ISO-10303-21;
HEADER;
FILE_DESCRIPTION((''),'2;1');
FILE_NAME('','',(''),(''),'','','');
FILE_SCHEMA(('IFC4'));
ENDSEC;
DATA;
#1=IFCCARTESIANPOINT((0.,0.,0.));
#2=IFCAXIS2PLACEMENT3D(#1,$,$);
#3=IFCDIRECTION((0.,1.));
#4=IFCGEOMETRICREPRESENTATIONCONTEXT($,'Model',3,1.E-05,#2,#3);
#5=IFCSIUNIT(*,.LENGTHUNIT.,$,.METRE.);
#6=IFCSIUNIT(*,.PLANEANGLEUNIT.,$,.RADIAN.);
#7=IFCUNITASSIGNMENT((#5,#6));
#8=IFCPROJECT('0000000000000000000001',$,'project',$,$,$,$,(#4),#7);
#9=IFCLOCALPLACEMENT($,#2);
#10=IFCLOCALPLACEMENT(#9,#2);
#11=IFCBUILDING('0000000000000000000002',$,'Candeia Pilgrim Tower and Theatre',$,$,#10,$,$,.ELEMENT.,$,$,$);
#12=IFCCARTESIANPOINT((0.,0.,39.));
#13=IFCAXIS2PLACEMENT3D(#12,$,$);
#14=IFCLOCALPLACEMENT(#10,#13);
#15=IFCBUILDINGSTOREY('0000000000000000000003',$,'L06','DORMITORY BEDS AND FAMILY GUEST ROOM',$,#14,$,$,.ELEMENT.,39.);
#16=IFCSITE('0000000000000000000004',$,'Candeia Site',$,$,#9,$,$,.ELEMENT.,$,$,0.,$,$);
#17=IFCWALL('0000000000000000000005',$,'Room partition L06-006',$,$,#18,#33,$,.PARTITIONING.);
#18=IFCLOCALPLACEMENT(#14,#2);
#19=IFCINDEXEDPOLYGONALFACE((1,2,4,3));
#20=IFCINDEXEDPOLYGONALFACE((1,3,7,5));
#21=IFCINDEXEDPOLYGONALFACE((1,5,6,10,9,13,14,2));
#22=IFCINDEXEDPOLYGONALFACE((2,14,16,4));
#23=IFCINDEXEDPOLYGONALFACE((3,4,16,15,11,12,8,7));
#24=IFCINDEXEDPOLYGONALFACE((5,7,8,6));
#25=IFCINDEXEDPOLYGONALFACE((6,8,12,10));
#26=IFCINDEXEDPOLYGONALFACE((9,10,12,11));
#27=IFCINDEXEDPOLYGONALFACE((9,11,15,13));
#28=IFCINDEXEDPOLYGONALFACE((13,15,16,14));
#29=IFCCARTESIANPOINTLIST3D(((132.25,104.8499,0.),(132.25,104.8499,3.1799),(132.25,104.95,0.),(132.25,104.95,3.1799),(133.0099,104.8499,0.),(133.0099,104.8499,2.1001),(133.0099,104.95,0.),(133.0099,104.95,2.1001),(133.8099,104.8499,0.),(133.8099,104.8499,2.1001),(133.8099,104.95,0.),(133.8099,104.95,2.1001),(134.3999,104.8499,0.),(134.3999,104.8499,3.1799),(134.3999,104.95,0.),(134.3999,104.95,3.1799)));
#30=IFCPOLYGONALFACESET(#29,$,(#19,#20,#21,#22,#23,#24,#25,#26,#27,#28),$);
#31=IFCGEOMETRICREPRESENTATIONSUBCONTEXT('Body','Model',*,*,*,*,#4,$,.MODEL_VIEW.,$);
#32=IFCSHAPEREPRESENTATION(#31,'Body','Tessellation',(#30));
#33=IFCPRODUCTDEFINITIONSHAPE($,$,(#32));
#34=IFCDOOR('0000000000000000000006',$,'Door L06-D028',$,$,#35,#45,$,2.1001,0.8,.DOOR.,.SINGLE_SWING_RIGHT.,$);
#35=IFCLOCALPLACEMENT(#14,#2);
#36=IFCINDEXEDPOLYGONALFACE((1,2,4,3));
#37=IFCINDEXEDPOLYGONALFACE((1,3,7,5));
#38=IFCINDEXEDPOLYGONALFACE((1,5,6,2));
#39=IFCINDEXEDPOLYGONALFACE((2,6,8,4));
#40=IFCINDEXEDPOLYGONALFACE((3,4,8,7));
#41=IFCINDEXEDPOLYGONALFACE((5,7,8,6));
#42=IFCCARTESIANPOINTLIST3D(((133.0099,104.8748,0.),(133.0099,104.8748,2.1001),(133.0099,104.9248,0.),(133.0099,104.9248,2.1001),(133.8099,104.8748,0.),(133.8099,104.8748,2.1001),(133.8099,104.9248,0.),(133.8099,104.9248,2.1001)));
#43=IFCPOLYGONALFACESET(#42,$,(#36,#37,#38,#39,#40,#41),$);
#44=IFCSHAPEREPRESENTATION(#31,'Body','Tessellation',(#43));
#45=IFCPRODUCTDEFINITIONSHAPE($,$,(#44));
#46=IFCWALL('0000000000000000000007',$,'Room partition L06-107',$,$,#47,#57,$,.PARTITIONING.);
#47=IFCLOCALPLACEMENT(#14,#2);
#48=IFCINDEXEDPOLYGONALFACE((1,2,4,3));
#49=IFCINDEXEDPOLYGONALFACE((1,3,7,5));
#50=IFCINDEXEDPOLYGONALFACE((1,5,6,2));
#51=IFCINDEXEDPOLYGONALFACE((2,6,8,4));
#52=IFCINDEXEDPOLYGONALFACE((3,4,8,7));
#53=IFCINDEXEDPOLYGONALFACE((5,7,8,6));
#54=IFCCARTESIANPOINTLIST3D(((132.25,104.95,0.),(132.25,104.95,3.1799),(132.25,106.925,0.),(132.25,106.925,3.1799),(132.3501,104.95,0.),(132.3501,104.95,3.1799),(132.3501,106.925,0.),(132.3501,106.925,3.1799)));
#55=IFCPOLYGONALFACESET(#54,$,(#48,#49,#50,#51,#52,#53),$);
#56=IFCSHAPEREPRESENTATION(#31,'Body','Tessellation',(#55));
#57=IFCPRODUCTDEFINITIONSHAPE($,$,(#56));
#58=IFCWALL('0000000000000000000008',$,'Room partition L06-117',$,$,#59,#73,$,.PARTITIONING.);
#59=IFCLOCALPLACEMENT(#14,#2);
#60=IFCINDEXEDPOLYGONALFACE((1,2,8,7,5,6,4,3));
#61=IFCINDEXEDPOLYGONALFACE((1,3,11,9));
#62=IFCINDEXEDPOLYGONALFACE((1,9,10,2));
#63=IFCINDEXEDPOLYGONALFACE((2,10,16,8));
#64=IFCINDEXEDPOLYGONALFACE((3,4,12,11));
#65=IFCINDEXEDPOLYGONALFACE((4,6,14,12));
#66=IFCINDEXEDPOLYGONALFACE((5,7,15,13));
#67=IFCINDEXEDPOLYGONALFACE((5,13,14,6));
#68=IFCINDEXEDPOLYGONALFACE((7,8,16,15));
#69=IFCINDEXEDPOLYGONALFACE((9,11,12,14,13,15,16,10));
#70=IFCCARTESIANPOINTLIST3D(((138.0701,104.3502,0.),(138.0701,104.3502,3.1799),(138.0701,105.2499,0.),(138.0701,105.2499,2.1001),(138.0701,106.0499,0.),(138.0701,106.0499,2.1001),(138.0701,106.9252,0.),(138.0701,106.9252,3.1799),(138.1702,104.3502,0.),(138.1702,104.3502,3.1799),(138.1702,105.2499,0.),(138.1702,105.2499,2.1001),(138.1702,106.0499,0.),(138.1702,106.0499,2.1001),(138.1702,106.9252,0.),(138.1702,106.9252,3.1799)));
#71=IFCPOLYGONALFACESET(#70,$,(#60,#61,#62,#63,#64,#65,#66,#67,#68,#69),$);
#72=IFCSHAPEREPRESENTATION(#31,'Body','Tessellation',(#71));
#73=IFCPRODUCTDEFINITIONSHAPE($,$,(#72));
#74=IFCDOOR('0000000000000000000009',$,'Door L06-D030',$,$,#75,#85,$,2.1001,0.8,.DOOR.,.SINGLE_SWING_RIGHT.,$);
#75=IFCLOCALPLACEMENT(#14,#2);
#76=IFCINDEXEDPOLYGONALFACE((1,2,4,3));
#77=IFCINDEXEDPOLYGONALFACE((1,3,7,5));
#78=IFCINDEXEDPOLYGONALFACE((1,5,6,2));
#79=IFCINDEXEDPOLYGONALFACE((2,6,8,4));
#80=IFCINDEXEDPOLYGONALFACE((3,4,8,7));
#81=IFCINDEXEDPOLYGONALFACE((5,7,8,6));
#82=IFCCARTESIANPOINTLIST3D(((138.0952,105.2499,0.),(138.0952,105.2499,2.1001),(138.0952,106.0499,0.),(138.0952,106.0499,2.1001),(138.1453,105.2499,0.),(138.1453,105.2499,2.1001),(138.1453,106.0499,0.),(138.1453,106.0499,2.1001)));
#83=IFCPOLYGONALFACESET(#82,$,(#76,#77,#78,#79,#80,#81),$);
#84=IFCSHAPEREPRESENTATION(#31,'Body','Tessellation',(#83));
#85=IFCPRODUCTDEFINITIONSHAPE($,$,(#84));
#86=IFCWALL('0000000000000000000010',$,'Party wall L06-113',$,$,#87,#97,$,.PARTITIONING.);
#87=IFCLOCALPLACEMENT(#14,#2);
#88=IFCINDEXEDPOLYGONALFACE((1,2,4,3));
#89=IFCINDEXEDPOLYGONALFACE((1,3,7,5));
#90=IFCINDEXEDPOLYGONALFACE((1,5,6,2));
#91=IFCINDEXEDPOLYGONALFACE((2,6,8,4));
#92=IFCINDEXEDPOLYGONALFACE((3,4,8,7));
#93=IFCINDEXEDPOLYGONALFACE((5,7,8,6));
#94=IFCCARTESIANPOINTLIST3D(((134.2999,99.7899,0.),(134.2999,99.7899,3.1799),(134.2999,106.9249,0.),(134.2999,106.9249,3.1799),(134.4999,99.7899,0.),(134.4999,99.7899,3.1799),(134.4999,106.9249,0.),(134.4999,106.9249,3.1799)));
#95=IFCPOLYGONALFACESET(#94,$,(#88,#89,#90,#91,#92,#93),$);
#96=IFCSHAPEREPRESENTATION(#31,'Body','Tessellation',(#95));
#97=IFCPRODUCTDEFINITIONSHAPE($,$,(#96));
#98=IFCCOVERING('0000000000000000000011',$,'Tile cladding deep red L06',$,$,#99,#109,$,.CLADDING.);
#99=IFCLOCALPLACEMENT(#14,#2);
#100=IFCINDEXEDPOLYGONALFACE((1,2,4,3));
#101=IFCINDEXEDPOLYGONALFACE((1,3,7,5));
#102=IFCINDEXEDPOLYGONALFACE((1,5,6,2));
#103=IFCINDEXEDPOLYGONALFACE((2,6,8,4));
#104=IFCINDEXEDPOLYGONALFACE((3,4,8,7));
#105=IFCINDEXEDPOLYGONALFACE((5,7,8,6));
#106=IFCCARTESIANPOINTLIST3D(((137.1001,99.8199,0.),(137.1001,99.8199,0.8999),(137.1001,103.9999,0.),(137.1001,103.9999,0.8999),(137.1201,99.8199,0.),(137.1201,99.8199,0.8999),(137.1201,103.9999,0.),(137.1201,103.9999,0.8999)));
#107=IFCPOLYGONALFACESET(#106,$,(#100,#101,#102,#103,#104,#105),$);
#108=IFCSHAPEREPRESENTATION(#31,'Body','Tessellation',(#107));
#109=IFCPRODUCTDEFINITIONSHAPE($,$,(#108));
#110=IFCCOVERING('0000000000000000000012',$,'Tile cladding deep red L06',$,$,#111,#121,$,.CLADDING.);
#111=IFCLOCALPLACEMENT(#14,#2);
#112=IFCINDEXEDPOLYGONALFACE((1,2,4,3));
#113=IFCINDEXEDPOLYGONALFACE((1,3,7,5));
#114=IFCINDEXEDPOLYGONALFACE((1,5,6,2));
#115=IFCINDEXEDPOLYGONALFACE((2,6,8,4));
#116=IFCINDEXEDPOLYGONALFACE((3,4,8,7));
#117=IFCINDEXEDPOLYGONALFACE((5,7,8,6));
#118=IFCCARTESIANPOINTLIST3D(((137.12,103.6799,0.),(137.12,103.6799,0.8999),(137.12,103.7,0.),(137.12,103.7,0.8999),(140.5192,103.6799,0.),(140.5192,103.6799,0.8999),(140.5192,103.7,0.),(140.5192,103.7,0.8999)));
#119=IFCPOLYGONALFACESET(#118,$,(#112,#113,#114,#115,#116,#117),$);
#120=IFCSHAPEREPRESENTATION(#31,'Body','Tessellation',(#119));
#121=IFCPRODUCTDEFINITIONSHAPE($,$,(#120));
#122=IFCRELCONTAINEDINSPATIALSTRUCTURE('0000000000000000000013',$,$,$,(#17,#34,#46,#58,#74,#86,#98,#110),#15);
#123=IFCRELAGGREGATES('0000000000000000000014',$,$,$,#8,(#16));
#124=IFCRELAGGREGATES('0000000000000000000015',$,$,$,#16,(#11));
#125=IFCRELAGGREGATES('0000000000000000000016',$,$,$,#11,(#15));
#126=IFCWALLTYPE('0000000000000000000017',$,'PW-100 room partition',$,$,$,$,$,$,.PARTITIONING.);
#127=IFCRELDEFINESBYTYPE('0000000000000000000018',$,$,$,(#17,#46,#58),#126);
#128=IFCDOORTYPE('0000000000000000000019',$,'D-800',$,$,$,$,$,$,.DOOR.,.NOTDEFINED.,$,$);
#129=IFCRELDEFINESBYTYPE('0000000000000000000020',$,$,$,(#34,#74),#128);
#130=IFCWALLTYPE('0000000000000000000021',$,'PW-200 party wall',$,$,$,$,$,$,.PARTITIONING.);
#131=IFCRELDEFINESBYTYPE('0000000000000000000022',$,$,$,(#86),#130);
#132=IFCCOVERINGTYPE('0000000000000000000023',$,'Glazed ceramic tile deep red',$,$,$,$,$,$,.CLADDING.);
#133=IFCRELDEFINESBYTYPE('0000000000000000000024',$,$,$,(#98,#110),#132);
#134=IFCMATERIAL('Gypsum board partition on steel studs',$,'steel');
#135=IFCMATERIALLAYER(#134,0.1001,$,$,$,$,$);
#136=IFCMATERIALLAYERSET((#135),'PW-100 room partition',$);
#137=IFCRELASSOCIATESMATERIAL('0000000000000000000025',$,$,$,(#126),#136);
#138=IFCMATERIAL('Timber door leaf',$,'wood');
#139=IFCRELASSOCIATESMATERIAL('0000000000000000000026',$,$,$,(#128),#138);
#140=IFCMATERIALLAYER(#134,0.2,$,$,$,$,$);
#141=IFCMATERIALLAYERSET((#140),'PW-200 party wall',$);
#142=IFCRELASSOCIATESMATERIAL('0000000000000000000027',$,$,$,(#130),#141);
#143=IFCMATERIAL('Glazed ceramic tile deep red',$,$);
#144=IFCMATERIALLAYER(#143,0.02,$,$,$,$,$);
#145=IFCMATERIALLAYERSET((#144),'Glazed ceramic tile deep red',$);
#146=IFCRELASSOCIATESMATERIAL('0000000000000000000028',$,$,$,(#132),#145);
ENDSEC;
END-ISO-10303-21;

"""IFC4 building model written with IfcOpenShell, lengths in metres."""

from ifc_helpers import new_model, si_unit, direction, frame, frame_2d, origin, origin_2d, place, context, subcontext, project, spatial, rectangle, extrude, material, layer, layer_set, type_object, element, fill, save


model = new_model("IFC4")

# Units and contexts
model_context = context("Model", 3, precision=1e-05, world=origin(), true_north=direction((0.0, 1.0)))
body_context = subcontext(model_context, "Body", "Model", "MODEL_VIEW")
ifc_project = project(units=[si_unit("LENGTHUNIT", "METRE"), si_unit("PLANEANGLEUNIT", "RADIAN")], contexts=[model_context])

# Site, building, storey
site_placement = place(None, origin())
site = spatial("IfcSite", under=ifc_project, at=site_placement, Name="Candeia Site", CompositionType="ELEMENT", RefElevation=0.0)
building_placement = place(site_placement, origin())
building = spatial("IfcBuilding", under=site, at=building_placement, Name="Candeia Pilgrim Tower and Theatre", CompositionType="ELEMENT")
storey_placement = place(building_placement, frame((0.0, 0.0, 39.0)))
storey = spatial("IfcBuildingStorey", under=building, at=storey_placement, Name="L06", Description="DORMITORY BEDS AND FAMILY GUEST ROOM", CompositionType="ELEMENT", Elevation=39.0)

# Shared definitions
ifc_material_1 = material(Name="Gypsum board partition on steel studs", Category="steel")
ifc_layer_1 = layer(ifc_material_1, 0.1001)
ifc_layer_set_1 = layer_set([ifc_layer_1], Name="PW-100 room partition")
wall_type_1 = type_object("IfcWallType", Name="PW-100 room partition", PredefinedType="PARTITIONING", material=ifc_layer_set_1)

# Wall, opening, door
wall_1_placement = place(storey_placement, frame((132.25, 104.8999, 0.0), z_axis=(0.0, 0.0, 1.0), x_axis=(1.0, 0.0, 0.0)))
wall_1 = element("IfcWall", 1, at=wall_1_placement, inside=storey, type_object=wall_type_1, Name="Room partition L06-006", PredefinedType="PARTITIONING", context=body_context, shape_type="SweptSolid", body=[
    extrude(rectangle(XDim=2.1499, YDim=0.1001, at=frame_2d((1.075, 0.0))), origin(), (0.0, 0.0, 1.0), 3.1799),
])
opening_1_placement = place(wall_1_placement, frame((0.76, 0.0, 0.0)))
opening_1 = element("IfcOpeningElement", 2, at=opening_1_placement, cuts=wall_1, PredefinedType="OPENING", context=body_context, shape_type="SweptSolid", body=[
    extrude(rectangle(XDim=0.8, YDim=2.1001, at=frame_2d((0.3999, 1.05))), frame((0.0, 0.0601, 0.0), z_axis=(0.0, -1.0, 0.0), x_axis=(1.0, 0.0, 0.0)), (0.0, 0.0, 1.0), 0.1201),
])
ifc_material_2 = material(Name="Timber door leaf", Category="wood")
door_type_1 = type_object("IfcDoorType", Name="D-800", OperationType="NOTDEFINED", PredefinedType="DOOR", material=ifc_material_2)
door_1_placement = place(opening_1_placement, origin())
door_1 = element("IfcDoor", 3, at=door_1_placement, inside=storey, type_object=door_type_1, Name="Door L06-D028", OperationType="SINGLE_SWING_RIGHT", OverallHeight=2.1001, OverallWidth=0.8, PredefinedType="DOOR", context=body_context, shape_type="SweptSolid", body=[
    extrude(rectangle(XDim=0.8, YDim=2.1001, at=frame_2d((0.3999, 1.05))), frame((0.0, 0.0249, 0.0), z_axis=(0.0, -1.0, 0.0), x_axis=(1.0, 0.0, 0.0)), (0.0, 0.0, 1.0), 0.05),
])
fill(opening_1, door_1)

# Wall
wall_2_placement = place(storey_placement, frame((132.3, 104.95, 0.0), z_axis=(0.0, 0.0, 1.0), x_axis=(0.0, 1.0, 0.0)))
element("IfcWall", 4, at=wall_2_placement, inside=storey, type_object=wall_type_1, Name="Room partition L06-107", PredefinedType="PARTITIONING", context=body_context, shape_type="SweptSolid", body=[
    extrude(rectangle(XDim=1.9751, YDim=0.1001, at=frame_2d((0.9875, 0.0))), origin(), (0.0, 0.0, 1.0), 3.1799),
])

# Wall, opening, door
wall_3_placement = place(storey_placement, frame((138.1201, 104.3501, 0.0), z_axis=(0.0, 0.0, 1.0), x_axis=(0.0, 1.0, 0.0)))
wall_3 = element("IfcWall", 5, at=wall_3_placement, inside=storey, type_object=wall_type_1, Name="Room partition L06-117", PredefinedType="PARTITIONING", context=body_context, shape_type="SweptSolid", body=[
    extrude(rectangle(XDim=2.575, YDim=0.1001, at=frame_2d((1.2876, 0.0))), origin(), (0.0, 0.0, 1.0), 3.1799),
])
opening_2_placement = place(wall_3_placement, frame((0.8999, 0.0, 0.0)))
opening_2 = element("IfcOpeningElement", 6, at=opening_2_placement, cuts=wall_3, PredefinedType="OPENING", context=body_context, shape_type="SweptSolid", body=[
    extrude(rectangle(XDim=0.8, YDim=2.1001, at=frame_2d((0.3999, 1.05))), frame((0.0, 0.0601, 0.0), z_axis=(0.0, -1.0, 0.0), x_axis=(1.0, 0.0, 0.0)), (0.0, 0.0, 1.0), 0.1201),
])
door_2_placement = place(opening_2_placement, origin())
door_2 = element("IfcDoor", 7, at=door_2_placement, inside=storey, type_object=door_type_1, Name="Door L06-D030", OperationType="SINGLE_SWING_RIGHT", OverallHeight=2.1001, OverallWidth=0.8, PredefinedType="DOOR", context=body_context, shape_type="SweptSolid", body=[
    extrude(rectangle(XDim=0.8, YDim=2.1001, at=frame_2d((0.3999, 1.05))), frame((0.0, 0.0249, 0.0), z_axis=(0.0, -1.0, 0.0), x_axis=(1.0, 0.0, 0.0)), (0.0, 0.0, 1.0), 0.05),
])
fill(opening_2, door_2)

# Wall
ifc_layer_2 = layer(ifc_material_1, 0.2)
ifc_layer_set_2 = layer_set([ifc_layer_2], Name="PW-200 party wall")
wall_type_2 = type_object("IfcWallType", Name="PW-200 party wall", PredefinedType="PARTITIONING", material=ifc_layer_set_2)
wall_4_placement = place(storey_placement, frame((134.3999, 99.79, 0.0), z_axis=(0.0, 0.0, 1.0), x_axis=(0.0, 1.0, 0.0)))
element("IfcWall", 8, at=wall_4_placement, inside=storey, type_object=wall_type_2, Name="Party wall L06-113", PredefinedType="PARTITIONING", context=body_context, shape_type="SweptSolid", body=[
    extrude(rectangle(XDim=7.135, YDim=0.2, at=frame_2d((3.5674, 0.0))), origin(), (0.0, 0.0, 1.0), 3.1799),
])

# Coverings
ifc_material_3 = material(Name="Glazed ceramic tile deep red")
ifc_layer_3 = layer(ifc_material_3, 0.02)
ifc_layer_set_3 = layer_set([ifc_layer_3], Name="Glazed ceramic tile deep red")
covering_type = type_object("IfcCoveringType", Name="Glazed ceramic tile deep red", PredefinedType="CLADDING", material=ifc_layer_set_3)
covering_1_placement = place(storey_placement, frame((137.1101, 101.9099, 0.0), z_axis=(0.0, 0.0, 1.0), x_axis=(0.0, 1.0, 0.0)))
element("IfcCovering", 9, at=covering_1_placement, inside=storey, type_object=covering_type, Name="Tile cladding deep red L06", PredefinedType="CLADDING", context=body_context, shape_type="SweptSolid", body=[
    extrude(rectangle(XDim=4.1799, YDim=0.02, at=origin_2d()), origin(), (0.0, 0.0, 1.0), 0.8999),
])
covering_2_placement = place(storey_placement, frame((138.8196, 103.6899, 0.0), z_axis=(0.0, 0.0, 1.0), x_axis=(1.0, 0.0, 0.0)))
element("IfcCovering", 10, at=covering_2_placement, inside=storey, type_object=covering_type, Name="Tile cladding deep red L06", PredefinedType="CLADDING", context=body_context, shape_type="SweptSolid", body=[
    extrude(rectangle(XDim=3.3992, YDim=0.02, at=origin_2d()), origin(), (0.0, 0.0, 1.0), 0.8999),
])

save(model, "model.ifc")
